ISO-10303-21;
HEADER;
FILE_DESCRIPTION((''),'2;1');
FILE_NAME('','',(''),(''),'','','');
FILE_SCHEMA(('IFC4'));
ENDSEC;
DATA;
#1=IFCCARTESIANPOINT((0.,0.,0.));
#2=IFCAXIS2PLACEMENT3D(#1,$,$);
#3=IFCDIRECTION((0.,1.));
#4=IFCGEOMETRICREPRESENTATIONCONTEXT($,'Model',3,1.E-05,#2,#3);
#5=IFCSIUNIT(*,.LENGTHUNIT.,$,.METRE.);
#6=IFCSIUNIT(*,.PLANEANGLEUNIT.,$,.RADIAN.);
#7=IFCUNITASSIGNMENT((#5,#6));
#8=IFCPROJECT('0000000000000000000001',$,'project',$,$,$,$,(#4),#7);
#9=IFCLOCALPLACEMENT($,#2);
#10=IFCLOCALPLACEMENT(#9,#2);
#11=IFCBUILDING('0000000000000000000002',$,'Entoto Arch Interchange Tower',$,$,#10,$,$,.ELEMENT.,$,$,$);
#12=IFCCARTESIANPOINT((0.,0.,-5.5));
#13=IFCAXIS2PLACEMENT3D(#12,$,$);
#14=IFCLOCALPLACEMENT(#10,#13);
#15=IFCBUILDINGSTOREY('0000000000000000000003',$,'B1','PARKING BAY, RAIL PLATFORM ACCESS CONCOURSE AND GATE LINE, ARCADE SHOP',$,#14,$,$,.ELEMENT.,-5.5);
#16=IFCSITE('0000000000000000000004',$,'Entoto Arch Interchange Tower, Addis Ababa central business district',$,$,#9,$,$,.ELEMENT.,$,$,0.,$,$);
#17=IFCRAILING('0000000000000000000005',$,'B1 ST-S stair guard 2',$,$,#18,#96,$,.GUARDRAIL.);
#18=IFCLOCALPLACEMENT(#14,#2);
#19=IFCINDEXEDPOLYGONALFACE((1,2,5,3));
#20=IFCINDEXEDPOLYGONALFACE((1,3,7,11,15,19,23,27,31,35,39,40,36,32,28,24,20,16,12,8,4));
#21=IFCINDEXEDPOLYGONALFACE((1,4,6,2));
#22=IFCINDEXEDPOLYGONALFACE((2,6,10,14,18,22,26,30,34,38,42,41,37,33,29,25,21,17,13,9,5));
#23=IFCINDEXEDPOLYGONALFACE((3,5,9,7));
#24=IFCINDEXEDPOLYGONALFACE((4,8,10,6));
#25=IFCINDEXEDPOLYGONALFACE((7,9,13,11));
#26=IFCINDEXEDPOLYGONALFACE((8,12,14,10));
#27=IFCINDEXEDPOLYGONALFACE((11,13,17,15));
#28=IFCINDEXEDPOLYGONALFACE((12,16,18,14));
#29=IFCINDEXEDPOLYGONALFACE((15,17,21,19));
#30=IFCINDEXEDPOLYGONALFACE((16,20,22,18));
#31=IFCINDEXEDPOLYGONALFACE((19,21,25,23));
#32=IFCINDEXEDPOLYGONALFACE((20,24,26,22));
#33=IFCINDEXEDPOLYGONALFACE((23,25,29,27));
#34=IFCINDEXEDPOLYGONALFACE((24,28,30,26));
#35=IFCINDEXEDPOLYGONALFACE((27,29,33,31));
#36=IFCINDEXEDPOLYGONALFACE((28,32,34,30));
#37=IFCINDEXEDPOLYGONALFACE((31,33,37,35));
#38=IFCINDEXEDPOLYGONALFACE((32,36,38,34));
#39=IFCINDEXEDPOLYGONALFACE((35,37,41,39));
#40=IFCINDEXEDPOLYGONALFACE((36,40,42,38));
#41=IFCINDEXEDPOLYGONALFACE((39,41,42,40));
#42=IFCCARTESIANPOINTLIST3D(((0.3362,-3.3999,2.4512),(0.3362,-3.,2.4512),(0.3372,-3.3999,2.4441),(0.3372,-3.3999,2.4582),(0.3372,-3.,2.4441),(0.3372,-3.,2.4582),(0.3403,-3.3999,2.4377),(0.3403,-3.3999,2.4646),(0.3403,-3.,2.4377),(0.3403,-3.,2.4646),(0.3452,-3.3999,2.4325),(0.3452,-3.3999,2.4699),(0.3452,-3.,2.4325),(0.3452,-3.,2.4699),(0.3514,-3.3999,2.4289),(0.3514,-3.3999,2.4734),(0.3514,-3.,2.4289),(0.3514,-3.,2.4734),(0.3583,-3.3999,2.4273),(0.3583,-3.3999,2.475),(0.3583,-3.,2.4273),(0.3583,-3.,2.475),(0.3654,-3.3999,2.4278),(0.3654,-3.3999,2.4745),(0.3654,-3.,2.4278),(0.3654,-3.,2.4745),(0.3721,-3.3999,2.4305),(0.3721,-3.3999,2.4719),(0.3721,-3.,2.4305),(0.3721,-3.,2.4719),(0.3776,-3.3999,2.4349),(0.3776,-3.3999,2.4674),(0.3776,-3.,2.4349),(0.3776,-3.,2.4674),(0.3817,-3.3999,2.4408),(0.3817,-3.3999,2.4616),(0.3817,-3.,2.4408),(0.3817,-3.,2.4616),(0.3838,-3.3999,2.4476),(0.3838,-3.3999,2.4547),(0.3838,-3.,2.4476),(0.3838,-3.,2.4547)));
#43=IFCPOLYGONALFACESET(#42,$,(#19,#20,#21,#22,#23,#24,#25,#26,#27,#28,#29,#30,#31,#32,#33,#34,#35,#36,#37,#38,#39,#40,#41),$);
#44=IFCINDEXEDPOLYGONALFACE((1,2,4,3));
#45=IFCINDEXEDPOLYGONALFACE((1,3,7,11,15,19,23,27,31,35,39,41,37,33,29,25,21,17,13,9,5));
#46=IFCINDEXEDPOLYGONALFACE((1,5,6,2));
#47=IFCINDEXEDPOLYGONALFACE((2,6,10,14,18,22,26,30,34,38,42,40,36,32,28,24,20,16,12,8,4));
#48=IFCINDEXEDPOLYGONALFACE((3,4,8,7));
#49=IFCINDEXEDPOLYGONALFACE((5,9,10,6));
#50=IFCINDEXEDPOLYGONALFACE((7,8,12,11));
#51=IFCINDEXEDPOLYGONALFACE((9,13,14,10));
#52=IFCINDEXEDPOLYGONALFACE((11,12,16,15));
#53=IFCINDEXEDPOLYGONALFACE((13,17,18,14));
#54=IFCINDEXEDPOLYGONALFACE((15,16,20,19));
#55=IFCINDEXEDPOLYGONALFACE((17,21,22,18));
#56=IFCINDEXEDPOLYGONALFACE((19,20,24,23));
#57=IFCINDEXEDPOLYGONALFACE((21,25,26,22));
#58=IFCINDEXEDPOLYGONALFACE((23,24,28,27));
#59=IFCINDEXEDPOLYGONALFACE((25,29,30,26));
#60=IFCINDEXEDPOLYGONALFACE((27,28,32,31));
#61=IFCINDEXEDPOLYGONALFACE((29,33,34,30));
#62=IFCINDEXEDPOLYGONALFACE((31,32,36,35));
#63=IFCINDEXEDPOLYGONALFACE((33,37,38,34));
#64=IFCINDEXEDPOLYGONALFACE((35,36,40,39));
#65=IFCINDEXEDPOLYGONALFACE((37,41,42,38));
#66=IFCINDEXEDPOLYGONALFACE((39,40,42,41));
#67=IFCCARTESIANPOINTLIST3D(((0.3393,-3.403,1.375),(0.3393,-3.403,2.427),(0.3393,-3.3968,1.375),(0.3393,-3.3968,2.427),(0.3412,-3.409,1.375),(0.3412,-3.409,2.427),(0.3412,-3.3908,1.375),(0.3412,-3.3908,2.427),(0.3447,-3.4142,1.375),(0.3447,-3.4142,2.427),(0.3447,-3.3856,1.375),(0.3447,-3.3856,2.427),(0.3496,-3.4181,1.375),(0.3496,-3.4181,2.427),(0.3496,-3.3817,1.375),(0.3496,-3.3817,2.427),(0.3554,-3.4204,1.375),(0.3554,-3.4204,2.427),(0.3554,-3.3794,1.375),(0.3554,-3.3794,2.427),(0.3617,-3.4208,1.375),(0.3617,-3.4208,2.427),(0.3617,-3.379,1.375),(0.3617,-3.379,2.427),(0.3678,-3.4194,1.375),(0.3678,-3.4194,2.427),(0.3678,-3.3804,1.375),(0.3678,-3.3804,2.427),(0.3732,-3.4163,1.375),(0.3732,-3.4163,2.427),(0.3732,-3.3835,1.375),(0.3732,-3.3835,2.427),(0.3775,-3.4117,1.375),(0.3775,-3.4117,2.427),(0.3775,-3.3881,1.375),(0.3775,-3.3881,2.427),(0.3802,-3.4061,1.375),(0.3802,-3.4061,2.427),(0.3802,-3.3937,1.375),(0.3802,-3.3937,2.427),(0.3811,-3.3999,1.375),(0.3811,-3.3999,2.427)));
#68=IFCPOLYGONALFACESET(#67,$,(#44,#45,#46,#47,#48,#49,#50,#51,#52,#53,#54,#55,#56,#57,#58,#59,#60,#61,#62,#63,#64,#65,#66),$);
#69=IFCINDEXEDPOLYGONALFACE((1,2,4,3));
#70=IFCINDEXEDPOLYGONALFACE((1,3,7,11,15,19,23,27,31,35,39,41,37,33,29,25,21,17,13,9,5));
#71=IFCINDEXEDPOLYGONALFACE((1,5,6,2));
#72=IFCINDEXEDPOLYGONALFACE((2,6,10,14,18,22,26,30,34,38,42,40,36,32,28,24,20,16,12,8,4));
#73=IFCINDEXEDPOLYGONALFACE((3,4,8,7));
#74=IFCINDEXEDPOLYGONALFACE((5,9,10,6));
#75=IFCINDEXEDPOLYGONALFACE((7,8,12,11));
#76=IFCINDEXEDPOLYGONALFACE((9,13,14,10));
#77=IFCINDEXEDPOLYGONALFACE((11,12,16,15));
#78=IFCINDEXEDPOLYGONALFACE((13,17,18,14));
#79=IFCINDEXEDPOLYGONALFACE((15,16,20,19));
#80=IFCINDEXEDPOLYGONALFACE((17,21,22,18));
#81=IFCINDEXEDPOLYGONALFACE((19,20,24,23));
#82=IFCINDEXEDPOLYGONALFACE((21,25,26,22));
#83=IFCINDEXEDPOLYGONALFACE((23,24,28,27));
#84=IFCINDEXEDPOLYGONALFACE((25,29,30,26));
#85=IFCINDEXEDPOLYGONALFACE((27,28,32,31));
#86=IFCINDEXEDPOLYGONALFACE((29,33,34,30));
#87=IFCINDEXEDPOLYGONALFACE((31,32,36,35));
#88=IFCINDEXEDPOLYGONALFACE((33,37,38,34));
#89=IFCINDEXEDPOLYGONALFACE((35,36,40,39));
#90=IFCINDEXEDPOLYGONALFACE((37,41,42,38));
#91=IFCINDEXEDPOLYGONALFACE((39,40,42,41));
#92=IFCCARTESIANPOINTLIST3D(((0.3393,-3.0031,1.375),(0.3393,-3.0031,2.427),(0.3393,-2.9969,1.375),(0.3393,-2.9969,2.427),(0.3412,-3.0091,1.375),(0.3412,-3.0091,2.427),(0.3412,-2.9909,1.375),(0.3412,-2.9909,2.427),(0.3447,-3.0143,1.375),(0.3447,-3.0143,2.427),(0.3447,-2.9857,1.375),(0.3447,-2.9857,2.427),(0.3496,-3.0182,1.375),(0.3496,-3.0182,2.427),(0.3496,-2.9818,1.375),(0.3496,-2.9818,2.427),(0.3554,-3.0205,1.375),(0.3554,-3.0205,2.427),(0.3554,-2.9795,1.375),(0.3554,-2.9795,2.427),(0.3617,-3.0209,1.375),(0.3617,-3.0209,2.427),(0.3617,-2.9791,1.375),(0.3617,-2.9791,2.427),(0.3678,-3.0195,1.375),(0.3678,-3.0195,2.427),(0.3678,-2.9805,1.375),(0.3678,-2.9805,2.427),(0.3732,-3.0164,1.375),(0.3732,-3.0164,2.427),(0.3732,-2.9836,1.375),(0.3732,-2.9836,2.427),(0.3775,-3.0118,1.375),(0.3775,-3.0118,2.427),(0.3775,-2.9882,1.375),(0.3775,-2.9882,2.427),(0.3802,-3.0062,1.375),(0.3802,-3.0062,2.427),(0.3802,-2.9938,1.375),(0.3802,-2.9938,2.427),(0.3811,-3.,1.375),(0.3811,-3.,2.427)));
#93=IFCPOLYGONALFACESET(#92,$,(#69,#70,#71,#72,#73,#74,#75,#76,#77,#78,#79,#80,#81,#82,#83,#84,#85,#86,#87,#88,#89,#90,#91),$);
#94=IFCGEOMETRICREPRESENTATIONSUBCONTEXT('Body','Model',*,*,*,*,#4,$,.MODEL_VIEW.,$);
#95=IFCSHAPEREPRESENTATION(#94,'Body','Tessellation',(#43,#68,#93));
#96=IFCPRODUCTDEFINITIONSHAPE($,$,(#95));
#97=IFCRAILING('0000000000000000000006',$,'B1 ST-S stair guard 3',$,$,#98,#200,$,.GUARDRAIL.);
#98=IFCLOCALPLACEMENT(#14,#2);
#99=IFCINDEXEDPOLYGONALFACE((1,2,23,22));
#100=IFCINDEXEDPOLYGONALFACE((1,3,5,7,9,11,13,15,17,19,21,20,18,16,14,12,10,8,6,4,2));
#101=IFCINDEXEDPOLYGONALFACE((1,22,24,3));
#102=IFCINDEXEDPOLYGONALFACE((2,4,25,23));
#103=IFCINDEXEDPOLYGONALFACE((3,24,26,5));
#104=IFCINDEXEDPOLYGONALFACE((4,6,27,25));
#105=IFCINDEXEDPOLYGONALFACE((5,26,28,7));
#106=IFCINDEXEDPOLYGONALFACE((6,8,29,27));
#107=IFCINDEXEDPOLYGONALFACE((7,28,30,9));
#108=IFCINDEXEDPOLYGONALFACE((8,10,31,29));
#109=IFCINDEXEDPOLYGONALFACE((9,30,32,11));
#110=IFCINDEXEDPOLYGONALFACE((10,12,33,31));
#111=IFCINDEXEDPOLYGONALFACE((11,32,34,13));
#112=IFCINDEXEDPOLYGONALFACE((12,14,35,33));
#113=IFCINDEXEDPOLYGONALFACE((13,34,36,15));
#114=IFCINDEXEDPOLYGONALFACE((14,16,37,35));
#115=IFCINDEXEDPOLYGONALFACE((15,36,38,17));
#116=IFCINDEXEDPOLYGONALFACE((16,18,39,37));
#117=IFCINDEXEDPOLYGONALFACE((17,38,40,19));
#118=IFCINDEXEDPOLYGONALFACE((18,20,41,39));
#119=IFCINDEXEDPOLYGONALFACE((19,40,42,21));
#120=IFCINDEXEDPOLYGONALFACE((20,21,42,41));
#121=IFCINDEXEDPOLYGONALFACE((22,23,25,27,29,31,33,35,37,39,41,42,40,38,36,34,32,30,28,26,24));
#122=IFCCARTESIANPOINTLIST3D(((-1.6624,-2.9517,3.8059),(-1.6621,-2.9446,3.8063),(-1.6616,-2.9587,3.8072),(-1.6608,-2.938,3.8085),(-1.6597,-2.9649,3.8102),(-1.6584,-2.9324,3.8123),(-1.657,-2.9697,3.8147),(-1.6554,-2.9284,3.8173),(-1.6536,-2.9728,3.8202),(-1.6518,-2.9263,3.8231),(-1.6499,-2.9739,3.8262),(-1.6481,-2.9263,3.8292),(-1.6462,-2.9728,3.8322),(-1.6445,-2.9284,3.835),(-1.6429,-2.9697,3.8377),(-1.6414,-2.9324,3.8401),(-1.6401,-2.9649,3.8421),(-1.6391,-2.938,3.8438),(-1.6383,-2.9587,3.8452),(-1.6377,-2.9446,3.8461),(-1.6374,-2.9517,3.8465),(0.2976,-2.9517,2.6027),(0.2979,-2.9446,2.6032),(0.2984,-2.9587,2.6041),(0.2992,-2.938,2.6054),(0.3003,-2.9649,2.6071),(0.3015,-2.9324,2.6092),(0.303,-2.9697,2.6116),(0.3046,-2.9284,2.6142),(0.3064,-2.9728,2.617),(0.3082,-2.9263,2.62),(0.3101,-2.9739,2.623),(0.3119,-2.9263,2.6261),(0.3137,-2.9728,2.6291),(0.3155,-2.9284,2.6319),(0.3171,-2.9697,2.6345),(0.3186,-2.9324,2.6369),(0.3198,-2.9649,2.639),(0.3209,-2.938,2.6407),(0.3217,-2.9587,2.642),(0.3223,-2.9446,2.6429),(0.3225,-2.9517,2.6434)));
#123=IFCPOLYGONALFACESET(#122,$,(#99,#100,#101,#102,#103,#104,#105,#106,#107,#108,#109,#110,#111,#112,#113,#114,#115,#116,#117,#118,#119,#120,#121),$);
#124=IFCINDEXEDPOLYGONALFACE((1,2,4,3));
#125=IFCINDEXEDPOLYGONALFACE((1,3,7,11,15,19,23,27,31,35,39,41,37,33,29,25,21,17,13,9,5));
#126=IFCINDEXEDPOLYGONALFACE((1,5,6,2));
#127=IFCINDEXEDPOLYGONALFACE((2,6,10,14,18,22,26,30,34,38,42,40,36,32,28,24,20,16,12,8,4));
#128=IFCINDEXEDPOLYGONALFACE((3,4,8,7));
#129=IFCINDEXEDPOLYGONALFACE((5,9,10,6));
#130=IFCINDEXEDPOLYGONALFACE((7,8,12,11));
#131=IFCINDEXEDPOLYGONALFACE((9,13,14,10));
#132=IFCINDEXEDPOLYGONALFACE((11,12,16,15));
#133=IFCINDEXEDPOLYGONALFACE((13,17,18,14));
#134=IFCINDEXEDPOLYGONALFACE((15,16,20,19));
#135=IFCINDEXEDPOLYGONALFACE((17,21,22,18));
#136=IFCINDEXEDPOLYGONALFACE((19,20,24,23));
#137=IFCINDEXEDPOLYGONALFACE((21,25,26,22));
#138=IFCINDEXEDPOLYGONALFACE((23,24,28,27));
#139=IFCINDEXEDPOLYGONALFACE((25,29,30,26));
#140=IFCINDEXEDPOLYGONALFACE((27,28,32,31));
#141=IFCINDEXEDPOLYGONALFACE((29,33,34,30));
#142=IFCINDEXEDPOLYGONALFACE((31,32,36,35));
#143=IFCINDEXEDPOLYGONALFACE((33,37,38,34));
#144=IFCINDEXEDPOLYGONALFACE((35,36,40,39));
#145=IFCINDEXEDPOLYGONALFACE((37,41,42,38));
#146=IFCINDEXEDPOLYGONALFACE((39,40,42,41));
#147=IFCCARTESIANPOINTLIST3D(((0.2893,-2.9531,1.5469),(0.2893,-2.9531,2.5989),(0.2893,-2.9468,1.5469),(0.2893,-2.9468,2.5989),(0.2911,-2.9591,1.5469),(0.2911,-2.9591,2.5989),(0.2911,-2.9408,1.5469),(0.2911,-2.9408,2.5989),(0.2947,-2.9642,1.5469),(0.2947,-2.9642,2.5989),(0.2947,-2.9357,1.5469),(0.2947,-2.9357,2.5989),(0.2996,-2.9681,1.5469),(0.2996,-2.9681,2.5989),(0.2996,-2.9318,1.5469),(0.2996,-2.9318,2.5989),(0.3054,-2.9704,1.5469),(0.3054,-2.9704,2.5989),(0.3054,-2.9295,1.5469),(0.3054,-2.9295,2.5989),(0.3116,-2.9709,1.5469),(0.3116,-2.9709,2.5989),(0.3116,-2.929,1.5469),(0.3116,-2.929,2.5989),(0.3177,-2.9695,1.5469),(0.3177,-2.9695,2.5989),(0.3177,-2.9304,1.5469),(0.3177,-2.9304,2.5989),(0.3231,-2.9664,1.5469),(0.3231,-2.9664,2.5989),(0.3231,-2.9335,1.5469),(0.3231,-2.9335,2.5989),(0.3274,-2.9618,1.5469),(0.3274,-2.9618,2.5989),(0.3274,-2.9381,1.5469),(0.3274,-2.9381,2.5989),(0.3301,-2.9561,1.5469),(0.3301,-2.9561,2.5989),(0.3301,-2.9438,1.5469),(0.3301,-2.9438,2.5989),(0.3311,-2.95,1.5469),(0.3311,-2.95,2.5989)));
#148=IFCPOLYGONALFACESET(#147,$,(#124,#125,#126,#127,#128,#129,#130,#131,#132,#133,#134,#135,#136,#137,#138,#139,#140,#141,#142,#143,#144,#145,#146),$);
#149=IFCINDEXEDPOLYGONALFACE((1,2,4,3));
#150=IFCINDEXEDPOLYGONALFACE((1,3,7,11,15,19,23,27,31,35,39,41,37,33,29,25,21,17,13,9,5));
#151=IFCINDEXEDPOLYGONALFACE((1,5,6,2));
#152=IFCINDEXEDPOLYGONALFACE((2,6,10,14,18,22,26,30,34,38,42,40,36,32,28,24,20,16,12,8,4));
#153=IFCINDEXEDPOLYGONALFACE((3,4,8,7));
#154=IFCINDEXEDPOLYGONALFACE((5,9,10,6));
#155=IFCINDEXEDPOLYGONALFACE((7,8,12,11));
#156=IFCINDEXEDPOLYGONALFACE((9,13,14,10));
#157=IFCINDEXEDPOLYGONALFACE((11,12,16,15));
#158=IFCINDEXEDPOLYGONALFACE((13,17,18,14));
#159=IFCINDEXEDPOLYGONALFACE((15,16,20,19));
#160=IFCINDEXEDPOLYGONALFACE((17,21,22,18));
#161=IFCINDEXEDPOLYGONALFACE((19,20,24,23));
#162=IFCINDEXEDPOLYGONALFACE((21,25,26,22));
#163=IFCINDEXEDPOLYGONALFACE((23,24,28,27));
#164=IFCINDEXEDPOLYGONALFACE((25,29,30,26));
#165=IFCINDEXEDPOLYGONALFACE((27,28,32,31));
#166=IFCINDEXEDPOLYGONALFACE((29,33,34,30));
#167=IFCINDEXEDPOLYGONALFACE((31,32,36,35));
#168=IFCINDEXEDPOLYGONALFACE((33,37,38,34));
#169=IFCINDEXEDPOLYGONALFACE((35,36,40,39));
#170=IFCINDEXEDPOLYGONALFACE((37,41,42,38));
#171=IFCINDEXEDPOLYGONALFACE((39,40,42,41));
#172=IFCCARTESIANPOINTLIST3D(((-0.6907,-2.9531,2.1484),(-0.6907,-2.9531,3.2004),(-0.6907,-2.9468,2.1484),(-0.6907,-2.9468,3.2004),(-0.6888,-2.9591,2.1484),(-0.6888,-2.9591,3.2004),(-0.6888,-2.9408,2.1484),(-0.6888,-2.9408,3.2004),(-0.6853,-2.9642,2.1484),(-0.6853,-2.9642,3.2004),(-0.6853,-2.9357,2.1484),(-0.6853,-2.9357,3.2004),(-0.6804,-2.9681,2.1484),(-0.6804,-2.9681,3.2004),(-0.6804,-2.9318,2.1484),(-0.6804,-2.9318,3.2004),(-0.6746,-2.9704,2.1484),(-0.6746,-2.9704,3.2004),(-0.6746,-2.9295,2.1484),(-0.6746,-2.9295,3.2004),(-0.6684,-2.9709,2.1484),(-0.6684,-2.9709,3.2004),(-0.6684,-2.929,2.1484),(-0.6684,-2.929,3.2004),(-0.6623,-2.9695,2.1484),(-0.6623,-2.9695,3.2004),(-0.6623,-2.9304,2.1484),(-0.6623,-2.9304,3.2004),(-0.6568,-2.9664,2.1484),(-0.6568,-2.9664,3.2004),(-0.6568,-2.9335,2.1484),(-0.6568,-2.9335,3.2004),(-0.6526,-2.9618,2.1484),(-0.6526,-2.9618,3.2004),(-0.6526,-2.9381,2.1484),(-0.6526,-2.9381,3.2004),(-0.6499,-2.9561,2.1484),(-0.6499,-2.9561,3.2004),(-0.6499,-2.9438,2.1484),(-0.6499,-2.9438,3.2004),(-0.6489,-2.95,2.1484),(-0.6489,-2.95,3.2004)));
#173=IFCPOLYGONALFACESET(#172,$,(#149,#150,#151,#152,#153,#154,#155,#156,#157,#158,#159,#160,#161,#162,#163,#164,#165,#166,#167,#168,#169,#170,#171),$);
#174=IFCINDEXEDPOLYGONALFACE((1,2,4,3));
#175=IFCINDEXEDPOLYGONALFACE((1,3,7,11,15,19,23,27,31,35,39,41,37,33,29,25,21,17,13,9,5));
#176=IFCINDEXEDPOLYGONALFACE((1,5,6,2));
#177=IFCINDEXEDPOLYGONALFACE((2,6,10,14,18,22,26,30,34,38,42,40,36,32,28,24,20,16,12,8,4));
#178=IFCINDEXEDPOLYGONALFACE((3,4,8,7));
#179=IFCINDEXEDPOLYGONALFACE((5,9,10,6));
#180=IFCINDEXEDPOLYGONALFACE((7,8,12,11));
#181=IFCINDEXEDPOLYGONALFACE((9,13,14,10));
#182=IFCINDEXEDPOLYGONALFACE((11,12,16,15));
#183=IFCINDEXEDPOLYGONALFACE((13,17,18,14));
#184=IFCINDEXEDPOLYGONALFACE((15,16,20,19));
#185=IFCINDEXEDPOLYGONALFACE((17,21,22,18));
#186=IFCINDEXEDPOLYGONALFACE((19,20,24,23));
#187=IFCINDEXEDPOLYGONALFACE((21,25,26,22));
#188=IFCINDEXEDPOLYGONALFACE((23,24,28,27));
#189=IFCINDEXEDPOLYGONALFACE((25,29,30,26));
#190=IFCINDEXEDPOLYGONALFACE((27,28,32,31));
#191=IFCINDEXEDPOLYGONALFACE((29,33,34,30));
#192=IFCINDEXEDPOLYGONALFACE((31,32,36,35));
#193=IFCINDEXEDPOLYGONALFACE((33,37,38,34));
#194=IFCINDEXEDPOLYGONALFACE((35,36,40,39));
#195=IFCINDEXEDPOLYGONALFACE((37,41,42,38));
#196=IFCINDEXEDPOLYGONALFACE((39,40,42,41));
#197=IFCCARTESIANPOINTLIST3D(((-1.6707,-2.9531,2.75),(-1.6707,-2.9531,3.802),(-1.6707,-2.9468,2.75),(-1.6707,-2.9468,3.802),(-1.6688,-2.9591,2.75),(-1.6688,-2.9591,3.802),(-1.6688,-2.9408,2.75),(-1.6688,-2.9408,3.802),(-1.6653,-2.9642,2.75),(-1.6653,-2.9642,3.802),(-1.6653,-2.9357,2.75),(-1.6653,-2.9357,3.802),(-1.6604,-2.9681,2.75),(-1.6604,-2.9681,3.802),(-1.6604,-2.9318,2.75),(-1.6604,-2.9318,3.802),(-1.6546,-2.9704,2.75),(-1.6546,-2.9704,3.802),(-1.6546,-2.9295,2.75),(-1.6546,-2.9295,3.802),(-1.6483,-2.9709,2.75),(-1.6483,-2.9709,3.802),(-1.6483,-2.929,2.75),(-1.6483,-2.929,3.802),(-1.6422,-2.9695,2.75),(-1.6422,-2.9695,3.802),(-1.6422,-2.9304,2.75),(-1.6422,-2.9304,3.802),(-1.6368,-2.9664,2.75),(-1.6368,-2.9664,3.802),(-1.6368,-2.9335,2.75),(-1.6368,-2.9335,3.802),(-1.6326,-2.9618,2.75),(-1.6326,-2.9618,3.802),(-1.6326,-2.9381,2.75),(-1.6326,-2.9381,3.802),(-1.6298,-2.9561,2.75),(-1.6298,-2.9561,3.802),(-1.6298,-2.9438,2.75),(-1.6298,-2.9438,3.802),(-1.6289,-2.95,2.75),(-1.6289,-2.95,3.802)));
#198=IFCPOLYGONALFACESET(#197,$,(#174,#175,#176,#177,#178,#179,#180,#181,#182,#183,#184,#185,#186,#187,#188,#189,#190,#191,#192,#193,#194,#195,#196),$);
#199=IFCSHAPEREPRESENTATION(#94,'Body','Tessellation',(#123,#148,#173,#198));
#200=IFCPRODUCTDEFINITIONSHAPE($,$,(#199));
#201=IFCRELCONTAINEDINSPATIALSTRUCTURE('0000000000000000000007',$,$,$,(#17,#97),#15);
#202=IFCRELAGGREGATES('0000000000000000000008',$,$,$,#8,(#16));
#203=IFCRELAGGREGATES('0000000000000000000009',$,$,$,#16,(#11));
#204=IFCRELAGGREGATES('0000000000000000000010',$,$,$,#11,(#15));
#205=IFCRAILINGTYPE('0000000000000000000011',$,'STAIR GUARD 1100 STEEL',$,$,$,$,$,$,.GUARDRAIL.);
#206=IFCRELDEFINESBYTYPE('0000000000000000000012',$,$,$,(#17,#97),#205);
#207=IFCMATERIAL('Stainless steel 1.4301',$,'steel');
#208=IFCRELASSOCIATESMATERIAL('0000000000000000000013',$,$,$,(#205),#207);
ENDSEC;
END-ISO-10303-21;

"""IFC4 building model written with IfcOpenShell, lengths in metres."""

from ifc_helpers import new_model, si_unit, direction, frame, origin, origin_2d, place, context, subcontext, project, spatial, circle, extrude, material, type_object, element, save


model = new_model("IFC4")

# Units and contexts
model_context = context("Model", 3, precision=1e-05, world=origin(), true_north=direction((0.0, 1.0)))
body_context = subcontext(model_context, "Body", "Model", "MODEL_VIEW")
ifc_project = project(units=[si_unit("LENGTHUNIT", "METRE"), si_unit("PLANEANGLEUNIT", "RADIAN")], contexts=[model_context])

# Site, building, storey
site_placement = place(None, origin())
site = spatial("IfcSite", under=ifc_project, at=site_placement, Name="Entoto Arch Interchange Tower, Addis Ababa central business district", CompositionType="ELEMENT", RefElevation=0.0)
building_placement = place(site_placement, origin())
building = spatial("IfcBuilding", under=site, at=building_placement, Name="Entoto Arch Interchange Tower", CompositionType="ELEMENT")
storey_placement = place(building_placement, frame((0.0, 0.0, -5.5)))
storey = spatial("IfcBuildingStorey", under=building, at=storey_placement, Name="B1", Description="PARKING BAY, RAIL PLATFORM ACCESS CONCOURSE AND GATE LINE, ARCADE SHOP", CompositionType="ELEMENT", Elevation=-5.5)

# Railings
ifc_material_1 = material(Name="Stainless steel 1.4301", Category="steel")
railing_type_1 = type_object("IfcRailingType", Name="STAIR GUARD 1100 STEEL", PredefinedType="GUARDRAIL", material=ifc_material_1)
railing_1_placement = place(storey_placement, frame((0.3601, -3.3999, 1.375)))
element("IfcRailing", 1, at=railing_1_placement, inside=storey, type_object=railing_type_1, Name="B1 ST-S stair guard 2", PredefinedType="GUARDRAIL", context=body_context, shape_type="SweptSolid", body=[
    extrude(circle(Radius=0.0239, at=origin_2d()), frame((0.0, 0.0, 1.0762), z_axis=(0.0, 1.0, 0.0), x_axis=(-1.0, 0.0, 0.0)), (0.0, 0.0, 1.0), 0.3999),
    extrude(circle(Radius=0.021, at=origin_2d()), origin(), (0.0, 0.0, 1.0), 1.052),
    extrude(circle(Radius=0.021, at=origin_2d()), frame((0.0, 0.3999, 0.0)), (0.0, 0.0, 1.0), 1.052),
])
railing_2_placement = place(storey_placement, frame((0.3101, -2.95, 1.5469)))
element("IfcRailing", 2, at=railing_2_placement, inside=storey, type_object=railing_type_1, Name="B1 ST-S stair guard 3", PredefinedType="GUARDRAIL", context=body_context, shape_type="SweptSolid", body=[
    extrude(circle(Radius=0.0239, at=origin_2d()), frame((0.0, 0.0, 1.0762), z_axis=(-0.852241, 0.0, 0.523149), x_axis=(0.0, -1.0, 0.0)), (0.0, 0.0, 1.0), 2.2998),
    extrude(circle(Radius=0.021, at=origin_2d()), origin(), (0.0, 0.0, 1.0), 1.052),
    extrude(circle(Radius=0.021, at=origin_2d()), frame((-0.98, 0.0, 0.6016)), (0.0, 0.0, 1.0), 1.052),
    extrude(circle(Radius=0.021, at=origin_2d()), frame((-1.96, 0.0, 1.2031)), (0.0, 0.0, 1.0), 1.052),
])

save(model, "model.ifc")
